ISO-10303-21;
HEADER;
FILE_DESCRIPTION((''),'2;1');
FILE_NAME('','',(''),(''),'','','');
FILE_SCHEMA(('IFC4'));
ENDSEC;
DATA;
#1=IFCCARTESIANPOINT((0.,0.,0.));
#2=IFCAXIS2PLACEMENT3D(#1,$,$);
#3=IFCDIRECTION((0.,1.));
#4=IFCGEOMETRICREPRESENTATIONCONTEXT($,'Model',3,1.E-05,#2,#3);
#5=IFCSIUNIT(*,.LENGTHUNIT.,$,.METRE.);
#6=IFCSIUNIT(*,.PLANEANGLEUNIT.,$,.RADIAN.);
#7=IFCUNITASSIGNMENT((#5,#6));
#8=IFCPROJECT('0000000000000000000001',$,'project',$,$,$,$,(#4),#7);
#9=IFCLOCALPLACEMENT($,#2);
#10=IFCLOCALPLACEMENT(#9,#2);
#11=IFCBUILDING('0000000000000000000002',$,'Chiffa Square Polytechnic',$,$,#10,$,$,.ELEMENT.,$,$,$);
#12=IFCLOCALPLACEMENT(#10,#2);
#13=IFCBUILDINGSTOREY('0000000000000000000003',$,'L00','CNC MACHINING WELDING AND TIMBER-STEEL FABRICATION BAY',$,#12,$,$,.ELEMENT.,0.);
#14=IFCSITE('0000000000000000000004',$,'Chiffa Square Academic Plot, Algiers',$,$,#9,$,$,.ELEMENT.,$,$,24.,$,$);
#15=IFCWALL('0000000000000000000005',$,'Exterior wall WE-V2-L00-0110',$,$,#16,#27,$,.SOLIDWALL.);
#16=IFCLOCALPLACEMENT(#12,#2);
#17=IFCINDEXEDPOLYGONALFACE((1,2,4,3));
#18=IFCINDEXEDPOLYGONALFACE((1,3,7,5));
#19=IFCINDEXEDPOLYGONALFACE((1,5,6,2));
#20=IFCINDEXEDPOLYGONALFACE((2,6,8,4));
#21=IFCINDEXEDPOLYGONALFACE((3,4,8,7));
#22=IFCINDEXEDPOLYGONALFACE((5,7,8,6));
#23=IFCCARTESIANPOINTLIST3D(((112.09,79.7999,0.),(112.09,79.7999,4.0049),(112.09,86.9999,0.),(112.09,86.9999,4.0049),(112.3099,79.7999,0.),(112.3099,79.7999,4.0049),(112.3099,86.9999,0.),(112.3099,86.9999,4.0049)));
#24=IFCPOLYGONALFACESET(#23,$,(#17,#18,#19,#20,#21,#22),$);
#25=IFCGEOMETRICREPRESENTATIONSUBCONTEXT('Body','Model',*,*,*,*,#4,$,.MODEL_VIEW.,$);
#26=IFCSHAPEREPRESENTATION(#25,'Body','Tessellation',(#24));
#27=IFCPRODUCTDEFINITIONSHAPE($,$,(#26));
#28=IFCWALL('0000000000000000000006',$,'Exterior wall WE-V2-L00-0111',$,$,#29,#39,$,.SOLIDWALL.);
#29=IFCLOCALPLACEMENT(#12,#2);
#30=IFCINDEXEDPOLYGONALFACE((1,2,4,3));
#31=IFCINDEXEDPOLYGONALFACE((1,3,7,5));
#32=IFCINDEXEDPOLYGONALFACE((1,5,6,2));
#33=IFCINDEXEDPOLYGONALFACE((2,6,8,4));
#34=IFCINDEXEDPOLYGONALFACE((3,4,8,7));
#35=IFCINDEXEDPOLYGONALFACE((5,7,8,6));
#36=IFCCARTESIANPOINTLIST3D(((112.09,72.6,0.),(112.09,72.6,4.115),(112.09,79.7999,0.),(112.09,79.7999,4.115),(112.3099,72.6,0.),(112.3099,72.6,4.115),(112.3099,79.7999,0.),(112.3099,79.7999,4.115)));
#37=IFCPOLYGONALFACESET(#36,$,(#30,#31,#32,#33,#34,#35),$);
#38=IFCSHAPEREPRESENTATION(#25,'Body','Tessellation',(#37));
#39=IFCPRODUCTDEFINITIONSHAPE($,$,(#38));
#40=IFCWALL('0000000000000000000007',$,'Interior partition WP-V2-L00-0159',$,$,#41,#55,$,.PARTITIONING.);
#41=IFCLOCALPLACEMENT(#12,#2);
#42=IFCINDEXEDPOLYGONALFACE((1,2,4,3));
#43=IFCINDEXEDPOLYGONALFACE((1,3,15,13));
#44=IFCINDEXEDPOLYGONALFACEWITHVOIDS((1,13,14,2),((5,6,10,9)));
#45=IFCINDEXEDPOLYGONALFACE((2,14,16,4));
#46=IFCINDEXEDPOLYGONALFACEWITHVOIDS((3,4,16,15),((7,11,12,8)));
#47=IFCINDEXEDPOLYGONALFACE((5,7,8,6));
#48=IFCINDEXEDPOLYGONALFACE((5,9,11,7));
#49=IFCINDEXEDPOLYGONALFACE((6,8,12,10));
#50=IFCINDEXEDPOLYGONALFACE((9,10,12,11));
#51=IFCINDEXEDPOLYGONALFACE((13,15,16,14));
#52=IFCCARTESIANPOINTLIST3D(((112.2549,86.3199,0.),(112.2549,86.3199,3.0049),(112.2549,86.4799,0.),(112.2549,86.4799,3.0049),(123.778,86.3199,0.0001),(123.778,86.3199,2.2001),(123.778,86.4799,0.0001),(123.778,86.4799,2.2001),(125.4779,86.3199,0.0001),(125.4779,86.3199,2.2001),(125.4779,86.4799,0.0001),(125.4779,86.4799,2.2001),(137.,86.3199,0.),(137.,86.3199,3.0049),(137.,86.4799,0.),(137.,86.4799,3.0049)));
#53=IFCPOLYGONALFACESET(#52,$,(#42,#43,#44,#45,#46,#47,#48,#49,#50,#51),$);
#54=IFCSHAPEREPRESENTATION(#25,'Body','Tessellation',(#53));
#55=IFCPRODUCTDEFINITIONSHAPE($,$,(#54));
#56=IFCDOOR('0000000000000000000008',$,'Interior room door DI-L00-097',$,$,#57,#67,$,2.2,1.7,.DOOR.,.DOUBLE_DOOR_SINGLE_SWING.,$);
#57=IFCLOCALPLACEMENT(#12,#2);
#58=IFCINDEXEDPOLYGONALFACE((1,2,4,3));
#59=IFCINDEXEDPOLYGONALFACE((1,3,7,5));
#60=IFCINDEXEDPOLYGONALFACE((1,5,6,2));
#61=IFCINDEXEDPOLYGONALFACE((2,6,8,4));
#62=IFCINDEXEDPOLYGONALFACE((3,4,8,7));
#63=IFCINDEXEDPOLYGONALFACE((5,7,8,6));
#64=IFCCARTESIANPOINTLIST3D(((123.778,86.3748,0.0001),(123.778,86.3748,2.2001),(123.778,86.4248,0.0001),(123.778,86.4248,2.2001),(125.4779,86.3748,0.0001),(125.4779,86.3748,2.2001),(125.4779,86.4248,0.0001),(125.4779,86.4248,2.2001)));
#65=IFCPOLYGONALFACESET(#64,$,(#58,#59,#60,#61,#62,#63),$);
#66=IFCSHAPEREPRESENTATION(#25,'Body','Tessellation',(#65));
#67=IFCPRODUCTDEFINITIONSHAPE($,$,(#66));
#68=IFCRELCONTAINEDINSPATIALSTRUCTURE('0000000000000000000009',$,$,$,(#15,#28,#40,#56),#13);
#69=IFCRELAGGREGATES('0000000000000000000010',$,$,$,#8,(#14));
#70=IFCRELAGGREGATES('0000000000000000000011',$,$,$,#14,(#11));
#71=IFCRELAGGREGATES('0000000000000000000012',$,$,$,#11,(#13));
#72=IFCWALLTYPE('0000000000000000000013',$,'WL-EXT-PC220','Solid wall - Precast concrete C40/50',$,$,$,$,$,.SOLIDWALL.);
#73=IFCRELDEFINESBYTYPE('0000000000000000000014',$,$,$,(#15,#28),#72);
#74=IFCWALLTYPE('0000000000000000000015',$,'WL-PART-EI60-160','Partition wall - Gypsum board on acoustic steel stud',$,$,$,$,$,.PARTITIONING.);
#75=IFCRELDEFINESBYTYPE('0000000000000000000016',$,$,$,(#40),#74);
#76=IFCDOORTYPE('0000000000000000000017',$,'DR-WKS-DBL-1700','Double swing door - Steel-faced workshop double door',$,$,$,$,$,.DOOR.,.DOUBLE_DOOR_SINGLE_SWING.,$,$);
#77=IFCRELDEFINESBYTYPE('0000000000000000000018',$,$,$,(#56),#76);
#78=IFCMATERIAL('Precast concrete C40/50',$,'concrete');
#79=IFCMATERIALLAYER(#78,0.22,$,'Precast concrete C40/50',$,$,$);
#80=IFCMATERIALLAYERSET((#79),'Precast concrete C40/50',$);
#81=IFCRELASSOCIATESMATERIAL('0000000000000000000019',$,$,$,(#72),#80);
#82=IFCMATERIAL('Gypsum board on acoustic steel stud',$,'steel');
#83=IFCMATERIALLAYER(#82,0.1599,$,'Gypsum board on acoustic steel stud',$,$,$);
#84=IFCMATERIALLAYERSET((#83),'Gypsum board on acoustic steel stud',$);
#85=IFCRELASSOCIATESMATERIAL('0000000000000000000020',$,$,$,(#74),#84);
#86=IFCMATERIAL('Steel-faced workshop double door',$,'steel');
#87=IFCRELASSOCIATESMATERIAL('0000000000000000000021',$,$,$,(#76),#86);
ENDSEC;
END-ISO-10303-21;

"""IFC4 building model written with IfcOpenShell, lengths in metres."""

from ifc_helpers import new_model, si_unit, direction, frame, frame_2d, origin, place, context, subcontext, project, spatial, rectangle, extrude, material, layer, layer_set, type_object, element, fill, save


model = new_model("IFC4")

# Units and contexts
model_context = context("Model", 3, precision=1e-05, world=origin(), true_north=direction((0.0, 1.0)))
body_context = subcontext(model_context, "Body", "Model", "MODEL_VIEW")
ifc_project = project(units=[si_unit("LENGTHUNIT", "METRE"), si_unit("PLANEANGLEUNIT", "RADIAN")], contexts=[model_context])

# Site, building, storey
site_placement = place(None, origin())
site = spatial("IfcSite", under=ifc_project, at=site_placement, Name="Chiffa Square Academic Plot, Algiers", CompositionType="ELEMENT", RefElevation=24.0)
building_placement = place(site_placement, origin())
building = spatial("IfcBuilding", under=site, at=building_placement, Name="Chiffa Square Polytechnic", CompositionType="ELEMENT")
storey_placement = place(building_placement, origin())
storey = spatial("IfcBuildingStorey", under=building, at=storey_placement, Name="L00", Description="CNC MACHINING WELDING AND TIMBER-STEEL FABRICATION BAY", CompositionType="ELEMENT", Elevation=0.0)

# Walls
ifc_material_1 = material(Name="Precast concrete C40/50", Category="concrete")
ifc_layer_1 = layer(ifc_material_1, 0.22, Name="Precast concrete C40/50")
ifc_layer_set_1 = layer_set([ifc_layer_1], Name="Precast concrete C40/50")
wall_type_1 = type_object("IfcWallType", Name="WL-EXT-PC220", Description="Solid wall - Precast concrete C40/50", PredefinedType="SOLIDWALL", material=ifc_layer_set_1)
wall_1_placement = place(storey_placement, frame((112.2, 87.0, 0.0), z_axis=(0.0, 0.0, 1.0), x_axis=(0.0, -1.0, 0.0)))
element("IfcWall", 1, at=wall_1_placement, inside=storey, type_object=wall_type_1, Name="Exterior wall WE-V2-L00-0110", PredefinedType="SOLIDWALL", context=body_context, shape_type="SweptSolid", body=[
    extrude(rectangle(XDim=7.2, YDim=0.22, at=frame_2d((3.6001, 0.0))), origin(), (0.0, 0.0, 1.0), 4.0049),
])
wall_2_placement = place(storey_placement, frame((112.2, 79.8, 0.0), z_axis=(0.0, 0.0, 1.0), x_axis=(0.0, -1.0, 0.0)))
element("IfcWall", 2, at=wall_2_placement, inside=storey, type_object=wall_type_1, Name="Exterior wall WE-V2-L00-0111", PredefinedType="SOLIDWALL", context=body_context, shape_type="SweptSolid", body=[
    extrude(rectangle(XDim=7.2, YDim=0.22, at=frame_2d((3.6001, 0.0))), origin(), (0.0, 0.0, 1.0), 4.115),
])

# Wall, opening, door
ifc_material_2 = material(Name="Gypsum board on acoustic steel stud", Category="steel")
ifc_layer_2 = layer(ifc_material_2, 0.1599, Name="Gypsum board on acoustic steel stud")
ifc_layer_set_2 = layer_set([ifc_layer_2], Name="Gypsum board on acoustic steel stud")
wall_type_2 = type_object("IfcWallType", Name="WL-PART-EI60-160", Description="Partition wall - Gypsum board on acoustic steel stud", PredefinedType="PARTITIONING", material=ifc_layer_set_2)
wall_3_placement = place(storey_placement, frame((112.2549, 86.3999, 0.0), z_axis=(0.0, 0.0, 1.0), x_axis=(1.0, 0.0, 0.0)))
wall_3 = element("IfcWall", 3, at=wall_3_placement, inside=storey, type_object=wall_type_2, Name="Interior partition WP-V2-L00-0159", PredefinedType="PARTITIONING", context=body_context, shape_type="SweptSolid", body=[
    extrude(rectangle(XDim=24.7451, YDim=0.1599, at=frame_2d((12.3726, 0.0))), origin(), (0.0, 0.0, 1.0), 3.0049),
])
opening_1_placement = place(wall_3_placement, frame((11.5229, 0.0, 0.0)))
opening_1 = element("IfcOpeningElement", 4, at=opening_1_placement, cuts=wall_3, PredefinedType="OPENING", context=body_context, shape_type="SweptSolid", body=[
    extrude(rectangle(XDim=1.7, YDim=2.2, at=frame_2d((0.8501, 1.1001))), frame((0.0, 0.0898, 0.0), z_axis=(0.0, -1.0, 0.0), x_axis=(1.0, 0.0, 0.0)), (0.0, 0.0, 1.0), 0.1799),
])
ifc_material_3 = material(Name="Steel-faced workshop double door", Category="steel")
door_type_1 = type_object("IfcDoorType", Name="DR-WKS-DBL-1700", Description="Double swing door - Steel-faced workshop double door", OperationType="DOUBLE_DOOR_SINGLE_SWING", PredefinedType="DOOR", material=ifc_material_3)
door_1_placement = place(opening_1_placement, origin())
door_1 = element("IfcDoor", 5, at=door_1_placement, inside=storey, type_object=door_type_1, Name="Interior room door DI-L00-097", OperationType="DOUBLE_DOOR_SINGLE_SWING", OverallHeight=2.2, OverallWidth=1.7, PredefinedType="DOOR", context=body_context, shape_type="SweptSolid", body=[
    extrude(rectangle(XDim=1.7, YDim=2.2, at=frame_2d((0.8501, 1.1001))), frame((0.0, 0.0249, 0.0), z_axis=(0.0, -1.0, 0.0), x_axis=(1.0, 0.0, 0.0)), (0.0, 0.0, 1.0), 0.05),
])
fill(opening_1, door_1)

save(model, "model.ifc")
